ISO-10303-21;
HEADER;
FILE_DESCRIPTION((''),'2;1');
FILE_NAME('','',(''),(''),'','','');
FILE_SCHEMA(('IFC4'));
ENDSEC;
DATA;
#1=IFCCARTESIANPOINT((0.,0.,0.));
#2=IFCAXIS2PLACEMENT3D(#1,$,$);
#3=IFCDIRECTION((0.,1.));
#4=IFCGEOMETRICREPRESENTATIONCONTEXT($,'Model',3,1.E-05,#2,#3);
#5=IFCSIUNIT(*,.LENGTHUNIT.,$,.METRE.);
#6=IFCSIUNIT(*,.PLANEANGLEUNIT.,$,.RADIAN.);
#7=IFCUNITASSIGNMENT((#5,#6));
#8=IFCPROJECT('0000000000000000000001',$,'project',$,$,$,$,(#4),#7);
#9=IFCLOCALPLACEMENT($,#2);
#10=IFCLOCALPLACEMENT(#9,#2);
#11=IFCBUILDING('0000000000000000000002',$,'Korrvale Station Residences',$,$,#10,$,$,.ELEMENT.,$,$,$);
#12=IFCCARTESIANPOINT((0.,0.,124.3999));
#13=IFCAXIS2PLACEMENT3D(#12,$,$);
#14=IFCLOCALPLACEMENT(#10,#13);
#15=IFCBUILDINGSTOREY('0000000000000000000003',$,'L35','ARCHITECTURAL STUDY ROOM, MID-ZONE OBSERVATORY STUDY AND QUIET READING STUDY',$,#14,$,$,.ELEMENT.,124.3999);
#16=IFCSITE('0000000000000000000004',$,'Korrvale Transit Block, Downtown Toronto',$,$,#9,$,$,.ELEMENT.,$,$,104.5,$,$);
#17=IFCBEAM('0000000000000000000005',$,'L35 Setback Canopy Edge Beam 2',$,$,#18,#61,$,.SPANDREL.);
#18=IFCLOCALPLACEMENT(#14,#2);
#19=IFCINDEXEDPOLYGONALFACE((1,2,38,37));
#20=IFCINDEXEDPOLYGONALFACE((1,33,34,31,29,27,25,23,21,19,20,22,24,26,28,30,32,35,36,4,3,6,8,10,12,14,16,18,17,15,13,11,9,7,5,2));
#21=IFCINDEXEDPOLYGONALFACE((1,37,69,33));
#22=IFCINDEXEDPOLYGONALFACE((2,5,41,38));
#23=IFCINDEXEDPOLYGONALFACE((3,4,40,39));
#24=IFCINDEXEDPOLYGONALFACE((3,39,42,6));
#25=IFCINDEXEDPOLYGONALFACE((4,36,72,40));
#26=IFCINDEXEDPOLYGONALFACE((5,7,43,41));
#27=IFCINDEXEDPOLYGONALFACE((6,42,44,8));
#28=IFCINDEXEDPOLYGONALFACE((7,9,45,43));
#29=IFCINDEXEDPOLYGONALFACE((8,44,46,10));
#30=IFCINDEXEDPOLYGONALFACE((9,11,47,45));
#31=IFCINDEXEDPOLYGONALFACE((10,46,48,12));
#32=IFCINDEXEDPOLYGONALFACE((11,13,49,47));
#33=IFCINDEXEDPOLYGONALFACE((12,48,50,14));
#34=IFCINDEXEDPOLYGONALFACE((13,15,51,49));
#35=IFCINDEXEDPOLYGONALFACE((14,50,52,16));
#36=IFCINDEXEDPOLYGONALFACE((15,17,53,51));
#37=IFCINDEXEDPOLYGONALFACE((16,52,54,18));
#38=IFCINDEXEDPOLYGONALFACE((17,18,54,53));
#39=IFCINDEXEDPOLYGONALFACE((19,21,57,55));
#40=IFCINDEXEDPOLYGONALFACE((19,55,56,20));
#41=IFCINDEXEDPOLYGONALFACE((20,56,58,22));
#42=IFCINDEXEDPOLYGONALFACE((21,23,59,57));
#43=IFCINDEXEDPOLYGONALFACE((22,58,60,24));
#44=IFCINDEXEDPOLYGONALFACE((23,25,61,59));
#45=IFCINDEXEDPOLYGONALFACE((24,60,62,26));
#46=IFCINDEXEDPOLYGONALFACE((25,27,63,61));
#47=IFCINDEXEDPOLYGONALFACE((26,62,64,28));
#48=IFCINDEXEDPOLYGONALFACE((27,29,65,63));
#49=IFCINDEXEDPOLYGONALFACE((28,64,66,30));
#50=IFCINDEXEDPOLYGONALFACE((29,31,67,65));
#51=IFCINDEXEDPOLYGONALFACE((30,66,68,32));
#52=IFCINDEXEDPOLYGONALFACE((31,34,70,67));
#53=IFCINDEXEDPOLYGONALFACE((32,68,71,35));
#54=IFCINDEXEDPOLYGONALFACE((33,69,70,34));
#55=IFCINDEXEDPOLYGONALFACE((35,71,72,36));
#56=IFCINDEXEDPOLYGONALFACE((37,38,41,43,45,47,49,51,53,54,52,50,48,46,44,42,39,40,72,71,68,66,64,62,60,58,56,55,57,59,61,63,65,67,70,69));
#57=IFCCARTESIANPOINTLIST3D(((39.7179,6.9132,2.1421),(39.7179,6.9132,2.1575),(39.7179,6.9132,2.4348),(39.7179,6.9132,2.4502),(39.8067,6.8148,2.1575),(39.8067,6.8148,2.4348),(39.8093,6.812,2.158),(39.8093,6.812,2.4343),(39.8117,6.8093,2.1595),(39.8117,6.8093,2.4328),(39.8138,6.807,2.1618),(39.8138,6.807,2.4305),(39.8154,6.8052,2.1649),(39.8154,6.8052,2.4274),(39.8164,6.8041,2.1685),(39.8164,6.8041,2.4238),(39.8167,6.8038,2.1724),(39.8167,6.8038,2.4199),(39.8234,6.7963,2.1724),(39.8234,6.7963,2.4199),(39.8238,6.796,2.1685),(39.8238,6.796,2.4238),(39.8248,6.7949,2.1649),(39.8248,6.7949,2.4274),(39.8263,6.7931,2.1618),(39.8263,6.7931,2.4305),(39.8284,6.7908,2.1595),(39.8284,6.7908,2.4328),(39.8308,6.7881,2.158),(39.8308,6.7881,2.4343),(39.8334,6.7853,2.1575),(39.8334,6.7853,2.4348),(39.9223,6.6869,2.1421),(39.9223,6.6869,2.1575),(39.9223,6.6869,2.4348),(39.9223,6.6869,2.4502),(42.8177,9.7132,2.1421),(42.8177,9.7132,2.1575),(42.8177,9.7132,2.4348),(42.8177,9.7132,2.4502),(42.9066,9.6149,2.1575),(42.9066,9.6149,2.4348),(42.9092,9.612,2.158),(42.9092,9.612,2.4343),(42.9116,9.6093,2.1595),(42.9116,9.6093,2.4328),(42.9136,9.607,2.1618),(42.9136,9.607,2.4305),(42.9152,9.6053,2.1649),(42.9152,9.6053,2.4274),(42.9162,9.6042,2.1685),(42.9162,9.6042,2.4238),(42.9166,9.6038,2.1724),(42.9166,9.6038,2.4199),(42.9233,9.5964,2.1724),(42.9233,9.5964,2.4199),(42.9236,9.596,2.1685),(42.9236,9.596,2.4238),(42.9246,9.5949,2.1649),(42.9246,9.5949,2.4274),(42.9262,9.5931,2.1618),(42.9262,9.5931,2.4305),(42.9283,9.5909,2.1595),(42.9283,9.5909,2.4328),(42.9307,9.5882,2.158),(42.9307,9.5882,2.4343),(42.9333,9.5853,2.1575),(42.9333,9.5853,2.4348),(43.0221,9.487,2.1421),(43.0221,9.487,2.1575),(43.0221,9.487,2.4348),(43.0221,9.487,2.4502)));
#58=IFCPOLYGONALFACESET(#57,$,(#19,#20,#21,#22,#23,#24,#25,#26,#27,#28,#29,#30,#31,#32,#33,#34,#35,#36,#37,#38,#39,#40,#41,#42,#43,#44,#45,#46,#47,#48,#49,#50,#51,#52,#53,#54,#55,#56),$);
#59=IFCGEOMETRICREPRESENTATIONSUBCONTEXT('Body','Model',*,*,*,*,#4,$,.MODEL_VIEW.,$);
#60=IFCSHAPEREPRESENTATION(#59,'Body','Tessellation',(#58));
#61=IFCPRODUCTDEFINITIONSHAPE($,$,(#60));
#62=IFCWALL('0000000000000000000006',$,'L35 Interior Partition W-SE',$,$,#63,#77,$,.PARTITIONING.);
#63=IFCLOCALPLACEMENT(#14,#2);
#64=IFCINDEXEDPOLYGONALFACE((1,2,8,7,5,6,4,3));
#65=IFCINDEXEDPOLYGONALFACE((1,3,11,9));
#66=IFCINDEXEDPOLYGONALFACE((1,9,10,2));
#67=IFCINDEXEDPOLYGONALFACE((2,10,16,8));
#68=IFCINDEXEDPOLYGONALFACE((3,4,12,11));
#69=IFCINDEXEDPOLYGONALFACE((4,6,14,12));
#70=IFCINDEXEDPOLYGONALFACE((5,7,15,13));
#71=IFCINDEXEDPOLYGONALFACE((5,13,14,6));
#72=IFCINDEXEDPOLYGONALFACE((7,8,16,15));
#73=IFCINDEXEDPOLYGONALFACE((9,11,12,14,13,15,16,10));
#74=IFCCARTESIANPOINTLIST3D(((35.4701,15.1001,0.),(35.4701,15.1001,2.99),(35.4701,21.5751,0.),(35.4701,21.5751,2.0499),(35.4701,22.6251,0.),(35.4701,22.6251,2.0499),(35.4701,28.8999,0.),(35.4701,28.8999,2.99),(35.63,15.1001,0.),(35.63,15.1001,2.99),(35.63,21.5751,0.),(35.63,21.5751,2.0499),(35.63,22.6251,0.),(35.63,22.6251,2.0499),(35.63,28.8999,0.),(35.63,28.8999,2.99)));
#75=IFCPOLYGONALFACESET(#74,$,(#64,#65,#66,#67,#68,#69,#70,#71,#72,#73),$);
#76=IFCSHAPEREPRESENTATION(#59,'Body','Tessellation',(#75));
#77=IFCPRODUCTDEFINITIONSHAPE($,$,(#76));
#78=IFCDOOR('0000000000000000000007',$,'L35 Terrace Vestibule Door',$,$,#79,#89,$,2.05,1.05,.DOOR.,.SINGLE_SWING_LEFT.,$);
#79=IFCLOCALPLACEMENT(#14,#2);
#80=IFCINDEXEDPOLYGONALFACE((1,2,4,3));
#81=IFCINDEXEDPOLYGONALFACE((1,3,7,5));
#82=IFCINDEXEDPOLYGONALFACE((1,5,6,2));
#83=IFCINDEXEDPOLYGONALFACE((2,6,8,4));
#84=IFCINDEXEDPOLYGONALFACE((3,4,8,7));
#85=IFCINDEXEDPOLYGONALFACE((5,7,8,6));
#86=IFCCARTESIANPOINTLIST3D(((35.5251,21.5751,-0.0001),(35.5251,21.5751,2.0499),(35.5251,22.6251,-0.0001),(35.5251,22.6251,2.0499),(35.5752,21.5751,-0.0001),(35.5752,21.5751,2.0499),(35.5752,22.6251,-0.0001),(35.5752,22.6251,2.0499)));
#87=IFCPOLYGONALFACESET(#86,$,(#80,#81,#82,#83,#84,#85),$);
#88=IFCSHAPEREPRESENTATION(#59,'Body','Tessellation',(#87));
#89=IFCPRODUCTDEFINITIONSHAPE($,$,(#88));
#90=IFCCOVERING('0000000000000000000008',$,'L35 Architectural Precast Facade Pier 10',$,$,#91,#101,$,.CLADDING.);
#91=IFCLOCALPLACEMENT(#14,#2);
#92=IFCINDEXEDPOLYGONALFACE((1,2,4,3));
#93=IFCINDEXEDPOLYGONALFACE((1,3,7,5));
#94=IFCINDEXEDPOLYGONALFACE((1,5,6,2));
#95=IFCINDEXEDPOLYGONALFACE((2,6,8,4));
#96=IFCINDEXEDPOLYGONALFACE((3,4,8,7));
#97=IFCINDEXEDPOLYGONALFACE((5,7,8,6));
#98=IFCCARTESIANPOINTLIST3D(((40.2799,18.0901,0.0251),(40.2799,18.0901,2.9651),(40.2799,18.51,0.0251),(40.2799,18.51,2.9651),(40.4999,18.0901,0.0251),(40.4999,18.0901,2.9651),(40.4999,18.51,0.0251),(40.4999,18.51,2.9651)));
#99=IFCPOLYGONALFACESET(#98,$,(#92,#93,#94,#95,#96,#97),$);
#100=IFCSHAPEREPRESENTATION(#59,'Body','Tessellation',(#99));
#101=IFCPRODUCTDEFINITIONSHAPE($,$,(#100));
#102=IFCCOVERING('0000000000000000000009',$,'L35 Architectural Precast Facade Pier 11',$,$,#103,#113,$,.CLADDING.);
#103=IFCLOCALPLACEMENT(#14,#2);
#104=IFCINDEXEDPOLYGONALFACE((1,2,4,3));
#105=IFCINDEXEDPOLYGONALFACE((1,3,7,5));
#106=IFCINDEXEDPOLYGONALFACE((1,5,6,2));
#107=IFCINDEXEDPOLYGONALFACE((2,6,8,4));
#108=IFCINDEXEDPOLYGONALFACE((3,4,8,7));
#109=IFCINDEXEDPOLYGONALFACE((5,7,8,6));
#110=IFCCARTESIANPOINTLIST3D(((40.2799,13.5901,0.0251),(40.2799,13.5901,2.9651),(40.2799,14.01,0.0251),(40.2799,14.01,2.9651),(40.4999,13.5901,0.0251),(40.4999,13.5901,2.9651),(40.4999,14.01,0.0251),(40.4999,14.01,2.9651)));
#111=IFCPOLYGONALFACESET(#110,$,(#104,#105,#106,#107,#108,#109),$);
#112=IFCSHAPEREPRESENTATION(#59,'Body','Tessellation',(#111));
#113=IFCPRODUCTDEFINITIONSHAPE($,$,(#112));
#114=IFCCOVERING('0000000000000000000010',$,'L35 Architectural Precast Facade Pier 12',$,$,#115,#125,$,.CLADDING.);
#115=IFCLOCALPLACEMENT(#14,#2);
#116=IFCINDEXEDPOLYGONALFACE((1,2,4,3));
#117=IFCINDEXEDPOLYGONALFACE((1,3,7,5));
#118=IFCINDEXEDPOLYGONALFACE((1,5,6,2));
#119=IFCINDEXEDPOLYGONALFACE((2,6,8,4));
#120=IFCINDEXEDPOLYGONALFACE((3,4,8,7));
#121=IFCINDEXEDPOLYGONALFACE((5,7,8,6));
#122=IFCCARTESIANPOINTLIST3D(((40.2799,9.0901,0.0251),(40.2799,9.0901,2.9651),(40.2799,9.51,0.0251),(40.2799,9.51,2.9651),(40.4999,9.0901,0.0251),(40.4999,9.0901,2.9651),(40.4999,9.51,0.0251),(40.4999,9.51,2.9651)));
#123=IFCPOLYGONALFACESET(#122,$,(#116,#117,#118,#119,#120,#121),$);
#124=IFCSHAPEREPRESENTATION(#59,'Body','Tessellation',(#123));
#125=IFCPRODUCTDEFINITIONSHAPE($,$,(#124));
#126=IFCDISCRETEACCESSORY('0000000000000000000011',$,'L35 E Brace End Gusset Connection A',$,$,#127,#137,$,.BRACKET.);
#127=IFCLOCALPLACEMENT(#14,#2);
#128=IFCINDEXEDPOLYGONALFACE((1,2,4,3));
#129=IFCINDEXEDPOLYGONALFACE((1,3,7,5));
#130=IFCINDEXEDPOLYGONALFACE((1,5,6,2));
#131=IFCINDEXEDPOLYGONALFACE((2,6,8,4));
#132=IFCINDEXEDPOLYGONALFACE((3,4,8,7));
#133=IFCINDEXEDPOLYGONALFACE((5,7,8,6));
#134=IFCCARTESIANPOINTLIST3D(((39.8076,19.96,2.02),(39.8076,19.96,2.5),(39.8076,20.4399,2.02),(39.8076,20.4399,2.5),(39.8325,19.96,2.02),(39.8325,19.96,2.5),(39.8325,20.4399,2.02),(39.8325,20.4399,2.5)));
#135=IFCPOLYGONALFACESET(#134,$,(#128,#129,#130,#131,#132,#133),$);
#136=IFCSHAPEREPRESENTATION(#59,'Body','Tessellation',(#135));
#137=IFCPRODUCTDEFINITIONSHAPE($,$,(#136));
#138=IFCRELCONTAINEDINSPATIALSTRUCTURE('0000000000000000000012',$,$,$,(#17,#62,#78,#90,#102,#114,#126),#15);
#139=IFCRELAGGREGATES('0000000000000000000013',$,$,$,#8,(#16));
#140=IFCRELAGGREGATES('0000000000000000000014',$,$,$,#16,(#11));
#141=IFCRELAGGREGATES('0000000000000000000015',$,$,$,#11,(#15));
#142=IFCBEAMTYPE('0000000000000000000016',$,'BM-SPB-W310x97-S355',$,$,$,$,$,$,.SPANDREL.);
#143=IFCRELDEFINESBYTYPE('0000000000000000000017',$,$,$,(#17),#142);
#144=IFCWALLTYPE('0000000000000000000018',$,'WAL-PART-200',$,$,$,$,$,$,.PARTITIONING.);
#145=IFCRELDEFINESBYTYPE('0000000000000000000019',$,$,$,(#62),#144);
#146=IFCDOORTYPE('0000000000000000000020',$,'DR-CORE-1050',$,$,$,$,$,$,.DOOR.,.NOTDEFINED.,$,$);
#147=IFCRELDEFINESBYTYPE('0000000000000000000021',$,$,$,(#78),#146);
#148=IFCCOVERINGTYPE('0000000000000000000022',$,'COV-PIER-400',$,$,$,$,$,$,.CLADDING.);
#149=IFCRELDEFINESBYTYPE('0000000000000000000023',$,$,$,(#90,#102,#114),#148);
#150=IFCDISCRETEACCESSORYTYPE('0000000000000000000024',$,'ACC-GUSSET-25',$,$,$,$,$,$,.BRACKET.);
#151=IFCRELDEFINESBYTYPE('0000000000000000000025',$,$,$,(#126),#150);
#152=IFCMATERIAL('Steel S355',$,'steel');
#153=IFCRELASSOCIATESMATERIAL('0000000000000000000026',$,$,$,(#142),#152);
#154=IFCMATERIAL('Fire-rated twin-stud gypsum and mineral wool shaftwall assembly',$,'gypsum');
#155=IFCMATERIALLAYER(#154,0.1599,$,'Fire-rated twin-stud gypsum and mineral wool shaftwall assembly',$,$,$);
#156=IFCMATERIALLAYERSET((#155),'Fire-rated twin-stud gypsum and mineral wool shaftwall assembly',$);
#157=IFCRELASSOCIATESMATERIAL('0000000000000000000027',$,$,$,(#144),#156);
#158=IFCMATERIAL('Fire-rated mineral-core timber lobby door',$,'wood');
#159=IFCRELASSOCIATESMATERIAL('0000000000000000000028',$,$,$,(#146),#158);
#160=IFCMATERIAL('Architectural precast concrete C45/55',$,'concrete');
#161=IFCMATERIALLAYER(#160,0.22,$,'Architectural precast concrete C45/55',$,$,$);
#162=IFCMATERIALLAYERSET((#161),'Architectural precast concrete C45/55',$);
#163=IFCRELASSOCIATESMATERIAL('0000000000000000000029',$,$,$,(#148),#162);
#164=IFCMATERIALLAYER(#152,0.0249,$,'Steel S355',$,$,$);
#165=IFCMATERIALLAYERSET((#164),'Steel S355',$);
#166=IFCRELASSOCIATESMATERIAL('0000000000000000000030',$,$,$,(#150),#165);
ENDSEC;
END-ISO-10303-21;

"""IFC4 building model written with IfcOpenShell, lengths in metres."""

from ifc_helpers import new_model, si_unit, direction, frame, frame_2d, origin, origin_2d, place, context, subcontext, project, spatial, rectangle, i_section, extrude, material, layer, layer_set, material_profile, profile_set, type_object, element, fill, save


model = new_model("IFC4")

# Units and contexts
model_context = context("Model", 3, precision=1e-05, world=origin(), true_north=direction((0.0, 1.0)))
body_context = subcontext(model_context, "Body", "Model", "MODEL_VIEW")
ifc_project = project(units=[si_unit("LENGTHUNIT", "METRE"), si_unit("PLANEANGLEUNIT", "RADIAN")], contexts=[model_context])

# Site, building, storey
site_placement = place(None, origin())
site = spatial("IfcSite", under=ifc_project, at=site_placement, Name="Korrvale Transit Block, Downtown Toronto", CompositionType="ELEMENT", RefElevation=104.5)
building_placement = place(site_placement, origin())
building = spatial("IfcBuilding", under=site, at=building_placement, Name="Korrvale Station Residences", CompositionType="ELEMENT")
storey_placement = place(building_placement, frame((0.0, 0.0, 124.3999)))
storey = spatial("IfcBuildingStorey", under=building, at=storey_placement, Name="L35", Description="ARCHITECTURAL STUDY ROOM, MID-ZONE OBSERVATORY STUDY AND QUIET READING STUDY", CompositionType="ELEMENT", Elevation=124.3999)

# Shared definitions
ifc_material_1 = material(Name="Steel S355", Category="steel")

# Beam
ifc_material_profile_1 = material_profile(ifc_material_1, i_section(OverallWidth=0.3049, OverallDepth=0.3081, WebThickness=0.01, FlangeThickness=0.0154, FilletRadius=0.0149, at=origin_2d()), Name="W310x97")
ifc_profile_set_1 = profile_set([ifc_material_profile_1], Name="Steel S355")
beam_type_1 = type_object("IfcBeamType", Name="BM-SPB-W310x97-S355", PredefinedType="SPANDREL", material=ifc_profile_set_1)
beam_1_placement = place(storey_placement, frame((42.9199, 9.6001, 2.2961), z_axis=(-0.742081, -0.67031, 0.0), x_axis=(0.67031, -0.742081, 0.0)))
element("IfcBeam", 1, at=beam_1_placement, inside=storey, type_object=beam_type_1, Name="L35 Setback Canopy Edge Beam 2", PredefinedType="SPANDREL", context=body_context, shape_type="SweptSolid", body=[
    extrude(i_section(OverallWidth=0.3049, OverallDepth=0.3081, WebThickness=0.01, FlangeThickness=0.0154, FilletRadius=0.0149, at=origin_2d()), origin(), (0.0, 0.0, 1.0), 4.1772),
])

# Wall, opening, door
ifc_material_2 = material(Name="Fire-rated twin-stud gypsum and mineral wool shaftwall assembly", Category="gypsum")
ifc_layer_1 = layer(ifc_material_2, 0.1599, Name="Fire-rated twin-stud gypsum and mineral wool shaftwall assembly")
ifc_layer_set_1 = layer_set([ifc_layer_1], Name="Fire-rated twin-stud gypsum and mineral wool shaftwall assembly")
wall_type = type_object("IfcWallType", Name="WAL-PART-200", PredefinedType="PARTITIONING", material=ifc_layer_set_1)
wall_placement = place(storey_placement, frame((35.55, 15.1001, 0.0), z_axis=(0.0, 0.0, 1.0), x_axis=(0.0, 1.0, 0.0)))
wall = element("IfcWall", 2, at=wall_placement, inside=storey, type_object=wall_type, Name="L35 Interior Partition W-SE", PredefinedType="PARTITIONING", context=body_context, shape_type="SweptSolid", body=[
    extrude(rectangle(XDim=13.7998, YDim=0.1599, at=frame_2d((6.8999, 0.0))), origin(), (0.0, 0.0, 1.0), 2.99),
])
opening_placement = place(wall_placement, frame((6.4751, 0.0, 0.0)))
opening = element("IfcOpeningElement", 3, at=opening_placement, cuts=wall, PredefinedType="OPENING", context=body_context, shape_type="SweptSolid", body=[
    extrude(rectangle(XDim=1.05, YDim=2.05, at=frame_2d((0.5249, 1.0249))), frame((0.0, 0.0898, 0.0), z_axis=(0.0, -1.0, 0.0), x_axis=(1.0, 0.0, 0.0)), (0.0, 0.0, 1.0), 0.1799),
])
ifc_material_3 = material(Name="Fire-rated mineral-core timber lobby door", Category="wood")
door_type = type_object("IfcDoorType", Name="DR-CORE-1050", OperationType="NOTDEFINED", PredefinedType="DOOR", material=ifc_material_3)
door_placement = place(opening_placement, origin())
door = element("IfcDoor", 4, at=door_placement, inside=storey, type_object=door_type, Name="L35 Terrace Vestibule Door", OperationType="SINGLE_SWING_LEFT", OverallHeight=2.05, OverallWidth=1.05, PredefinedType="DOOR", context=body_context, shape_type="SweptSolid", body=[
    extrude(rectangle(XDim=1.05, YDim=2.05, at=frame_2d((0.5249, 1.0249))), frame((0.0, 0.0249, 0.0), z_axis=(0.0, -1.0, 0.0), x_axis=(1.0, 0.0, 0.0)), (0.0, 0.0, 1.0), 0.05),
])
fill(opening, door)

# Coverings
ifc_material_4 = material(Name="Architectural precast concrete C45/55", Category="concrete")
ifc_layer_2 = layer(ifc_material_4, 0.22, Name="Architectural precast concrete C45/55")
ifc_layer_set_2 = layer_set([ifc_layer_2], Name="Architectural precast concrete C45/55")
covering_type = type_object("IfcCoveringType", Name="COV-PIER-400", PredefinedType="CLADDING", material=ifc_layer_set_2)
for number, where, z_axis, x_axis, name in (
    (5, (40.3899, 18.3, 0.0251), (0.0, 0.0, 1.0), (0.0, 1.0, 0.0), "L35 Architectural Precast Facade Pier 10"),
    (6, (40.3899, 13.8, 0.0251), (0.0, 0.0, 1.0), (0.0, 1.0, 0.0), "L35 Architectural Precast Facade Pier 11"),
    (7, (40.3899, 9.3, 0.0251), (0.0, 0.0, 1.0), (0.0, 1.0, 0.0), "L35 Architectural Precast Facade Pier 12"),
):
    element("IfcCovering", number, at=place(storey_placement, frame(where, z_axis=z_axis, x_axis=x_axis)), inside=storey, type_object=covering_type, Name=name, PredefinedType="CLADDING", context=body_context, shape_type="SweptSolid", body=[
        extrude(rectangle(XDim=0.4199, YDim=0.22, at=origin_2d()), origin(), (0.0, 0.0, 1.0), 2.9399),
    ])

# Discrete accessory
ifc_layer_3 = layer(ifc_material_1, 0.0249, Name="Steel S355")
ifc_layer_set_3 = layer_set([ifc_layer_3], Name="Steel S355")
discrete_accessory_type = type_object("IfcDiscreteAccessoryType", Name="ACC-GUSSET-25", PredefinedType="BRACKET", material=ifc_layer_set_3)
discrete_accessory_placement = place(storey_placement, frame((39.8201, 20.2, 2.02), z_axis=(0.0, 0.0, 1.0), x_axis=(0.0, 1.0, 0.0)))
element("IfcDiscreteAccessory", 8, at=discrete_accessory_placement, inside=storey, type_object=discrete_accessory_type, Name="L35 E Brace End Gusset Connection A", PredefinedType="BRACKET", context=body_context, shape_type="SweptSolid", body=[
    extrude(rectangle(XDim=0.48, YDim=0.0249, at=origin_2d()), origin(), (0.0, 0.0, 1.0), 0.48),
])

save(model, "model.ifc")
